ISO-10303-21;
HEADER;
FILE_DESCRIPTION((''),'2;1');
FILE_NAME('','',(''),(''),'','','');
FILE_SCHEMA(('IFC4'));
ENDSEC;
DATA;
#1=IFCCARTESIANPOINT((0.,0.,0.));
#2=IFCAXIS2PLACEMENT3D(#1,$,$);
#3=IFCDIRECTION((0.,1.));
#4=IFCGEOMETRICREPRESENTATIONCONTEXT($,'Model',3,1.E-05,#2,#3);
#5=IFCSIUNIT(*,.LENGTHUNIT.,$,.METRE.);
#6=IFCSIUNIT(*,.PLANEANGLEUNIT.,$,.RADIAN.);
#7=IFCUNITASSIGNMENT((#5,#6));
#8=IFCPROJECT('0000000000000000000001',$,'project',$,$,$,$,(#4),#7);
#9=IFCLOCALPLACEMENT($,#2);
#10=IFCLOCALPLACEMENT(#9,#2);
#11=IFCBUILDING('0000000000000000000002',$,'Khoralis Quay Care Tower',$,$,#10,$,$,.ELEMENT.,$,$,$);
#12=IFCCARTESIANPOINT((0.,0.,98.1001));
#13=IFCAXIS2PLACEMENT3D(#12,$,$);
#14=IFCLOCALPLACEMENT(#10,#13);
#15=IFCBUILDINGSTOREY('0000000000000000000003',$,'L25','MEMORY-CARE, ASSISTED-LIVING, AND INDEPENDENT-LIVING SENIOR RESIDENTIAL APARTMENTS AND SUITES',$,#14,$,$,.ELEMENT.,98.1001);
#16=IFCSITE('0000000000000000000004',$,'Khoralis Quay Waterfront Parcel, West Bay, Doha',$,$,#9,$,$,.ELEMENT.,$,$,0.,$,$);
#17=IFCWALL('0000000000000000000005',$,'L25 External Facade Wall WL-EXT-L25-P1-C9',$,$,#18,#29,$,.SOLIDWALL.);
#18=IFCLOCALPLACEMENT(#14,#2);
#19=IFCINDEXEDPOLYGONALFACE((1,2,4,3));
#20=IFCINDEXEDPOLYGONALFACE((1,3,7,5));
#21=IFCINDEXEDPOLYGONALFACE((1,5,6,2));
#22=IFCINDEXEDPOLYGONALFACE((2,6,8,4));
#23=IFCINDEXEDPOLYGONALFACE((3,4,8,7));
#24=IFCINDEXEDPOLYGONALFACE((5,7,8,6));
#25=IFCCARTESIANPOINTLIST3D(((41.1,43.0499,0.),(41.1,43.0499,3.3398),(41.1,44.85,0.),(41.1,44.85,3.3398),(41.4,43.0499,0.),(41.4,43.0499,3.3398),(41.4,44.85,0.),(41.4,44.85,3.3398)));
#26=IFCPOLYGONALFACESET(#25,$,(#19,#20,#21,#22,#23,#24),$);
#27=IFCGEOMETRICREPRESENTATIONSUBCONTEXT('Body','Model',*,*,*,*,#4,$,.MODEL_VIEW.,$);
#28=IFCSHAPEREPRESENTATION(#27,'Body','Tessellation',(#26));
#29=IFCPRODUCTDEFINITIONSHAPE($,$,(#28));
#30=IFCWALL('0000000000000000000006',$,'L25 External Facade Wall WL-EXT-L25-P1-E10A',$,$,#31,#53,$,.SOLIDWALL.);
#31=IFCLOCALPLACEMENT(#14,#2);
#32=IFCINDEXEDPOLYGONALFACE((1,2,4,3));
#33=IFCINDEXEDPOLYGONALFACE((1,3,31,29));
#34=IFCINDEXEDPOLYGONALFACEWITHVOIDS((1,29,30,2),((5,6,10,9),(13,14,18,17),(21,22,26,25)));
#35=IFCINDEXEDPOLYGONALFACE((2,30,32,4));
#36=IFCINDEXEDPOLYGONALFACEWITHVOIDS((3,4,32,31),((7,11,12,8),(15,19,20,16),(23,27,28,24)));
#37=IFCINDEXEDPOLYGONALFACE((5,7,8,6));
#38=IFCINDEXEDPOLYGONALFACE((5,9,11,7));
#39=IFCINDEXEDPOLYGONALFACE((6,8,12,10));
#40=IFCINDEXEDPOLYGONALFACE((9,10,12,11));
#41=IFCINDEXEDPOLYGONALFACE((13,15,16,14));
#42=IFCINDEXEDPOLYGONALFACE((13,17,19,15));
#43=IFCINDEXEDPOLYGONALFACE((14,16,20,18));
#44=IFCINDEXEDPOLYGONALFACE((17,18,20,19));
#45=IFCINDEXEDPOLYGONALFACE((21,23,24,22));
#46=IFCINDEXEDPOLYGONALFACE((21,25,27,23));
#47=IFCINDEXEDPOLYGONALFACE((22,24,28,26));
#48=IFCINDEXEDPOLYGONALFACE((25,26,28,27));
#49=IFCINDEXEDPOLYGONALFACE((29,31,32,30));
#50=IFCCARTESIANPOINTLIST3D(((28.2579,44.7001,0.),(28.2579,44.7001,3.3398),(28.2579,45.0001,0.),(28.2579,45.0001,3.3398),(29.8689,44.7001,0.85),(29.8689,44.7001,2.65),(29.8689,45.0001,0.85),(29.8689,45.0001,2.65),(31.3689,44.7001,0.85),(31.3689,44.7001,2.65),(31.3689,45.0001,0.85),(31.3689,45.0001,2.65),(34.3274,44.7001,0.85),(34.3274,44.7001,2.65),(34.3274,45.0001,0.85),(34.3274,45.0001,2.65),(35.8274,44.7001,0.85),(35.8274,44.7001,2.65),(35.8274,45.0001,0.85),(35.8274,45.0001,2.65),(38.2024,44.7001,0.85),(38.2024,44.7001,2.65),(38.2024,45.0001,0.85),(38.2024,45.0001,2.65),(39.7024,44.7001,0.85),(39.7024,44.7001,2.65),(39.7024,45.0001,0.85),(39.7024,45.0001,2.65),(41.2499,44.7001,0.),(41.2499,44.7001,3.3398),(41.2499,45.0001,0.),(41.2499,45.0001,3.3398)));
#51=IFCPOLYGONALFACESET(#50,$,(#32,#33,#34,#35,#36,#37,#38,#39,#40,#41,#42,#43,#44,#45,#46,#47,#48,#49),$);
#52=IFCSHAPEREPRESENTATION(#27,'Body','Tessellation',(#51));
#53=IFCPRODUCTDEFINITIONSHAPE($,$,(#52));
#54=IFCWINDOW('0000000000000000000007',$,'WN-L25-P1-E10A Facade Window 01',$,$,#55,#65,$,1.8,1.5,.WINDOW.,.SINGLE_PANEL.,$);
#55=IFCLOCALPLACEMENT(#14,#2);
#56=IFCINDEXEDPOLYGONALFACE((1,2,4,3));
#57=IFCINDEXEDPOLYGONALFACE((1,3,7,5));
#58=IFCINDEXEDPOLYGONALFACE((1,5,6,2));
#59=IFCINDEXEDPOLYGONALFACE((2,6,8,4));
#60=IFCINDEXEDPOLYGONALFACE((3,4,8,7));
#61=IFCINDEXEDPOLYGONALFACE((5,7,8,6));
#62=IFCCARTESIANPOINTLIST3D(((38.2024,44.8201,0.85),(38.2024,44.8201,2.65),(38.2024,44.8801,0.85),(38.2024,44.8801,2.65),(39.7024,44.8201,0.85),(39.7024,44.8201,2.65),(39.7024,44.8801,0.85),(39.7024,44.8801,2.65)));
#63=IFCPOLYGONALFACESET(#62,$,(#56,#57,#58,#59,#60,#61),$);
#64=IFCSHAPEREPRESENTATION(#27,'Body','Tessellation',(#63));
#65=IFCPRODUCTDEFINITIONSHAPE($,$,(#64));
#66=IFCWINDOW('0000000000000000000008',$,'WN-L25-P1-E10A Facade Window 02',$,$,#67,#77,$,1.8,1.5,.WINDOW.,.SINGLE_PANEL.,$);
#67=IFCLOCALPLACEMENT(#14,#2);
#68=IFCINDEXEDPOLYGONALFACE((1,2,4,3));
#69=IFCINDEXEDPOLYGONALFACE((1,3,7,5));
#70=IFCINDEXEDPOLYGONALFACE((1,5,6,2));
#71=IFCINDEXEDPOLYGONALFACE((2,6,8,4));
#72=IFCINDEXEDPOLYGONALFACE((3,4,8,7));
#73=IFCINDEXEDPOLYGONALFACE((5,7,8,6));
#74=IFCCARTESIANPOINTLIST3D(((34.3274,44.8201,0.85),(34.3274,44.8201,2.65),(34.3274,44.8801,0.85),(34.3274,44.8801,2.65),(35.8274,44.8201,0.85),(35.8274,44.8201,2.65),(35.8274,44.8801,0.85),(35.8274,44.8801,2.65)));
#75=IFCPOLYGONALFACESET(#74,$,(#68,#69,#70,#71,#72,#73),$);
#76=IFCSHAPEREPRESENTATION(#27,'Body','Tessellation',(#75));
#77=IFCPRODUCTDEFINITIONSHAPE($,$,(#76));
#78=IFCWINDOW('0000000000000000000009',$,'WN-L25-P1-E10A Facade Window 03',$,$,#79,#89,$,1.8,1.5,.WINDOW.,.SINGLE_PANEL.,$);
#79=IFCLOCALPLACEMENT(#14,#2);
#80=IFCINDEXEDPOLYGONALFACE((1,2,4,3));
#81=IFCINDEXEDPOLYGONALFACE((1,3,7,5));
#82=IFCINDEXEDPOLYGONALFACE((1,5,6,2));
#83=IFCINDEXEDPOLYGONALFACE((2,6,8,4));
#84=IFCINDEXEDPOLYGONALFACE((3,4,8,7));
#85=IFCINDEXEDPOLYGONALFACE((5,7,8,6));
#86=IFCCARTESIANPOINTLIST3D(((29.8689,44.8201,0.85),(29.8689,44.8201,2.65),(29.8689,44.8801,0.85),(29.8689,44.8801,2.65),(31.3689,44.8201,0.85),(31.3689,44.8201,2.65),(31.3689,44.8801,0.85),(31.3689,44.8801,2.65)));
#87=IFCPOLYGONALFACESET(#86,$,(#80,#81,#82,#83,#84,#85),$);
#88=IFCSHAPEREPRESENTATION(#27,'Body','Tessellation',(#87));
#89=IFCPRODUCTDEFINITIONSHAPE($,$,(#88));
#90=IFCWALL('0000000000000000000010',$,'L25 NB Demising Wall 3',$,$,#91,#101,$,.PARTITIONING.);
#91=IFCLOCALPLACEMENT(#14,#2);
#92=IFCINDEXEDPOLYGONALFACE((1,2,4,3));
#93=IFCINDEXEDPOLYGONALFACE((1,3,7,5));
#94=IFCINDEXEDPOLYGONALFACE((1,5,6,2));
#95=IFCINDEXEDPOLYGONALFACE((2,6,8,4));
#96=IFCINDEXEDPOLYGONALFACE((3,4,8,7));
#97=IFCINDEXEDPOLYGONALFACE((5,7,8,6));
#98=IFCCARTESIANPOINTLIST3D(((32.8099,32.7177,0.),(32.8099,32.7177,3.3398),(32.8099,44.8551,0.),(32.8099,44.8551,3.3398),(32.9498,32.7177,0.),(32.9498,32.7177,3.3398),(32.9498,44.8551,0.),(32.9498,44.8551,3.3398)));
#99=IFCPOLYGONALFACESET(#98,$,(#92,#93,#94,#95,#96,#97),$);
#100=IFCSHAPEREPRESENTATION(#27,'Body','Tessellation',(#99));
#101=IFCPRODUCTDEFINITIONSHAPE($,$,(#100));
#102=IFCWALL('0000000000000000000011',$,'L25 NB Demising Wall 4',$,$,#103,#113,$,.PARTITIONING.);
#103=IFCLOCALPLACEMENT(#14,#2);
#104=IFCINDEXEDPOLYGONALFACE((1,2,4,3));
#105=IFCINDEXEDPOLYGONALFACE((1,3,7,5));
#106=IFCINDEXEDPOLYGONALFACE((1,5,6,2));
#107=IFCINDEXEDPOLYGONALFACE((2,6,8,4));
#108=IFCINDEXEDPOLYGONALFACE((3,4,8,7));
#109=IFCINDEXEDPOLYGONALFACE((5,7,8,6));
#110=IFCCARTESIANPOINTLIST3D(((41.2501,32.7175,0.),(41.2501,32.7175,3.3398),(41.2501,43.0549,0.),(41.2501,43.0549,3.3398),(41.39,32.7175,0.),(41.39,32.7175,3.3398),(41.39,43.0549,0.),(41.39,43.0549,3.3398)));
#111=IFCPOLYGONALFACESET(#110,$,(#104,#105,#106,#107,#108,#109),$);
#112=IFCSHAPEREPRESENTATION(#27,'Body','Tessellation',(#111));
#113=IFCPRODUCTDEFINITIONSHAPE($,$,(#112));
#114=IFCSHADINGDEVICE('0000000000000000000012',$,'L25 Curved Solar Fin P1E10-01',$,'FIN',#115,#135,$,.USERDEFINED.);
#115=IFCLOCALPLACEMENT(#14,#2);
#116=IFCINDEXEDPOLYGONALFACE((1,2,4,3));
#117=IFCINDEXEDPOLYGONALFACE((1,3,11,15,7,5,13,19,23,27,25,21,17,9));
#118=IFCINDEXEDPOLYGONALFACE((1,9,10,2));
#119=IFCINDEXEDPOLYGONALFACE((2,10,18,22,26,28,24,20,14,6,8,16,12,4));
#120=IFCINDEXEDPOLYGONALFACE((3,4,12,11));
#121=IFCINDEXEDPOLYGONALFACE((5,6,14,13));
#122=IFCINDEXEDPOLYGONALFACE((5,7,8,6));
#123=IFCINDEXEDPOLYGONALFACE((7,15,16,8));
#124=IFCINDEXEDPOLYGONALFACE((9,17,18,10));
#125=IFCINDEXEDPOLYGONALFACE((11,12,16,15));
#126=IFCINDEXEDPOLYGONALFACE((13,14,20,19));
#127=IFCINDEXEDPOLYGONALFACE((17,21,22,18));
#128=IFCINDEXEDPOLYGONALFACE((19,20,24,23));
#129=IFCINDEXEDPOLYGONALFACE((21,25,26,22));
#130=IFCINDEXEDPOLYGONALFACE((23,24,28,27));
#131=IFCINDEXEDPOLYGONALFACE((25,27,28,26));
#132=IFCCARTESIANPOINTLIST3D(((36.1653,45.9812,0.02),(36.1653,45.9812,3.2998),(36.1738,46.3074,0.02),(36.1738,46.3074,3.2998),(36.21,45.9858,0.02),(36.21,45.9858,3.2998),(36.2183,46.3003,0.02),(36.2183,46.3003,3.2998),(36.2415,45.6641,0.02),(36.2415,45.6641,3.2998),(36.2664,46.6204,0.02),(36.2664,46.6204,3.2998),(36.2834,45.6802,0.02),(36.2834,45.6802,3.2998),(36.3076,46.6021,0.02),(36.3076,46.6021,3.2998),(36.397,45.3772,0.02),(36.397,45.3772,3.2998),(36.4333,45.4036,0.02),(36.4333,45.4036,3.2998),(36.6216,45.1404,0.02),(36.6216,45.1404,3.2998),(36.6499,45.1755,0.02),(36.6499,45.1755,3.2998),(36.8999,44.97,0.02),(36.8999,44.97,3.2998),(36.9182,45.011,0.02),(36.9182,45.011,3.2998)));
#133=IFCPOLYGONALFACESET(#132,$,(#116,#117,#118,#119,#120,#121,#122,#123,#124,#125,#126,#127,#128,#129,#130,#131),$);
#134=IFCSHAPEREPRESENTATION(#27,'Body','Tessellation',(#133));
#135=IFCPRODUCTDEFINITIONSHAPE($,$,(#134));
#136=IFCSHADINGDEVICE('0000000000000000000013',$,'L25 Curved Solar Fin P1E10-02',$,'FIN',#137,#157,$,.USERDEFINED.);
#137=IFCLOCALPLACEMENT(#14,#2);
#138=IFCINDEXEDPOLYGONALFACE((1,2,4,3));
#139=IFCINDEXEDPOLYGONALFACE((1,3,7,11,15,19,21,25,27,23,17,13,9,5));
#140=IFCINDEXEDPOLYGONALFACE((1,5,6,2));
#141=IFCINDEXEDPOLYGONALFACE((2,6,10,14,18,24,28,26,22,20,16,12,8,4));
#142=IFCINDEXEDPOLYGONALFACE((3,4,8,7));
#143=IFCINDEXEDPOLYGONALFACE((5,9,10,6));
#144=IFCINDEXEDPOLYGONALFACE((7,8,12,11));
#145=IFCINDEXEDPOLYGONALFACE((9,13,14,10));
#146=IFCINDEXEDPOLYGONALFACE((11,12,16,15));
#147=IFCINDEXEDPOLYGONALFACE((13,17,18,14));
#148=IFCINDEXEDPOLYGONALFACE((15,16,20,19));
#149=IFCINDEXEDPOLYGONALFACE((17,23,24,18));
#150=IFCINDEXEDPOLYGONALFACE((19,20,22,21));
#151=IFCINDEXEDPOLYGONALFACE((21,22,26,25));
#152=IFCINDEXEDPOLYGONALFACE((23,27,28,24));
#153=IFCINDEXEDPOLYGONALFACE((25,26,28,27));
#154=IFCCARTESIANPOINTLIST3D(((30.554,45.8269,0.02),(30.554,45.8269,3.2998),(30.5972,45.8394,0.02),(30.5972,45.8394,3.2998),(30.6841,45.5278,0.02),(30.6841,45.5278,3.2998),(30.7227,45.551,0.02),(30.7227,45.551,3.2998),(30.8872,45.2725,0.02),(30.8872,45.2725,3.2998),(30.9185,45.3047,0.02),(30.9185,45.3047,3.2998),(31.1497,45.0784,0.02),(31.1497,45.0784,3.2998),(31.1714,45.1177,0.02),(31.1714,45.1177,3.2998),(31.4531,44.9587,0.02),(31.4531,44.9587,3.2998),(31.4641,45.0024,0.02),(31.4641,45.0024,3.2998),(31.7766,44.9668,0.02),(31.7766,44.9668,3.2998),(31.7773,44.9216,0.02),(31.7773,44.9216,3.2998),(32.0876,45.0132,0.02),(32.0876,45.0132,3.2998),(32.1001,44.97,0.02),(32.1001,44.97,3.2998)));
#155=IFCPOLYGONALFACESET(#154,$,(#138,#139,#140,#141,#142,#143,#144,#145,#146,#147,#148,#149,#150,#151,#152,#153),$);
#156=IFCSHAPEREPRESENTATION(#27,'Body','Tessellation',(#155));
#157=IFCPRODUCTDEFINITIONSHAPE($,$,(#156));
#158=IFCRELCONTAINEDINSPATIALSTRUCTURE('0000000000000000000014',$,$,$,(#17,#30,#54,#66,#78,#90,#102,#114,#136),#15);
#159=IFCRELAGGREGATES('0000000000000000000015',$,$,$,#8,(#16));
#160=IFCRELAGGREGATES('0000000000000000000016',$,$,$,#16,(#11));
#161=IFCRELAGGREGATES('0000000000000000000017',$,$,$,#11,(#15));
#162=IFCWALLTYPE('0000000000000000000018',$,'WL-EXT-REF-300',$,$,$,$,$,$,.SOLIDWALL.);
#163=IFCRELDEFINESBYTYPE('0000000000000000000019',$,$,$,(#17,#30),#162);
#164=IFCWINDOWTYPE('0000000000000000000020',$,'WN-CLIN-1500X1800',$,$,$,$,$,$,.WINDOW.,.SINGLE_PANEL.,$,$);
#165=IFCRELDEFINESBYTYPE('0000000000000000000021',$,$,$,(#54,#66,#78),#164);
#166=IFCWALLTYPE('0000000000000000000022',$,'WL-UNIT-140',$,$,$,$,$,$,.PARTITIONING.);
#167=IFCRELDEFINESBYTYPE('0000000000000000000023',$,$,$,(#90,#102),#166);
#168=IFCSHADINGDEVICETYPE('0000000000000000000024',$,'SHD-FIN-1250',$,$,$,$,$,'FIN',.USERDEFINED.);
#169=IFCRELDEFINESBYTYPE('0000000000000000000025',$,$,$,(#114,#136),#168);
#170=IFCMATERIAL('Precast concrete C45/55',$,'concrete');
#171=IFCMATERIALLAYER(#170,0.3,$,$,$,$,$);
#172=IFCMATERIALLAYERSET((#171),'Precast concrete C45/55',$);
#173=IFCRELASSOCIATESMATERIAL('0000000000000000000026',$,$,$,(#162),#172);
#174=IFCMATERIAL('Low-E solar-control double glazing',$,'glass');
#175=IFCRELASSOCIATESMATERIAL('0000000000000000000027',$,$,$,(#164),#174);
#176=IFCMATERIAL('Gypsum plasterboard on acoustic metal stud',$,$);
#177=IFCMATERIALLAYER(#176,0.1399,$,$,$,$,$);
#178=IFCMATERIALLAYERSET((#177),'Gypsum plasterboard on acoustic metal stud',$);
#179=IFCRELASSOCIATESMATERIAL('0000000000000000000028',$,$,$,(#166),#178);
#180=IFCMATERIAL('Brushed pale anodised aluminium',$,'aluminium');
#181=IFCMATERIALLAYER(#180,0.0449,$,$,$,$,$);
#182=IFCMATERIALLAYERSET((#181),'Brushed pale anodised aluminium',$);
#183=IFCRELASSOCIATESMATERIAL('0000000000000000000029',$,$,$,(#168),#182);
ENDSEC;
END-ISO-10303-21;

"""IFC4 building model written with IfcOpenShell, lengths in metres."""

from ifc_helpers import new_model, si_unit, direction, frame, frame_2d, origin, place, context, subcontext, project, spatial, polyline, rectangle, outline, extrude, source, transform, mapped, material, layer, layer_set, type_object, element, fill, save


model = new_model("IFC4")

# Units and contexts
model_context = context("Model", 3, precision=1e-05, world=origin(), true_north=direction((0.0, 1.0)))
body_context = subcontext(model_context, "Body", "Model", "MODEL_VIEW")
ifc_project = project(units=[si_unit("LENGTHUNIT", "METRE"), si_unit("PLANEANGLEUNIT", "RADIAN")], contexts=[model_context])

# Site, building, storey
site_placement = place(None, origin())
site = spatial("IfcSite", under=ifc_project, at=site_placement, Name="Khoralis Quay Waterfront Parcel, West Bay, Doha", CompositionType="ELEMENT", RefElevation=0.0)
building_placement = place(site_placement, origin())
building = spatial("IfcBuilding", under=site, at=building_placement, Name="Khoralis Quay Care Tower", CompositionType="ELEMENT")
storey_placement = place(building_placement, frame((0.0, 0.0, 98.1001)))
storey = spatial("IfcBuildingStorey", under=building, at=storey_placement, Name="L25", Description="MEMORY-CARE, ASSISTED-LIVING, AND INDEPENDENT-LIVING SENIOR RESIDENTIAL APARTMENTS AND SUITES", CompositionType="ELEMENT", Elevation=98.1001)

# Wall
ifc_material_1 = material(Name="Gypsum plasterboard on acoustic metal stud")
ifc_material_2 = material(Name="Precast concrete C45/55", Category="concrete")
ifc_layer_1 = layer(ifc_material_2, 0.3)
ifc_layer_set_1 = layer_set([ifc_layer_1], Name="Precast concrete C45/55")
wall_type_1 = type_object("IfcWallType", Name="WL-EXT-REF-300", PredefinedType="SOLIDWALL", material=ifc_layer_set_1)
for number, where, z_axis, x_axis, name in (
    (1, (41.25, 43.05, 0.0), (0.0, 0.0, 1.0), (0.0, 1.0, 0.0), "L25 External Facade Wall WL-EXT-L25-P1-C9"),
):
    element("IfcWall", number, at=place(storey_placement, frame(where, z_axis=z_axis, x_axis=x_axis)), inside=storey, type_object=wall_type_1, Name=name, PredefinedType="SOLIDWALL", context=body_context, shape_type="SweptSolid", body=[
        extrude(rectangle(XDim=1.8, YDim=0.3, at=frame_2d((0.8999, 0.0))), origin(), (0.0, 0.0, 1.0), 3.3398),
    ])

# Wall, openings, windows
wall_1_placement = place(storey_placement, frame((41.25, 44.8501, 0.0), z_axis=(0.0, 0.0, 1.0), x_axis=(-1.0, 0.0, 0.0)))
wall_1 = element("IfcWall", 2, at=wall_1_placement, inside=storey, type_object=wall_type_1, Name="L25 External Facade Wall WL-EXT-L25-P1-E10A", PredefinedType="SOLIDWALL", context=body_context, shape_type="SweptSolid", body=[
    extrude(rectangle(XDim=12.9919, YDim=0.3, at=frame_2d((6.4961, 0.0))), origin(), (0.0, 0.0, 1.0), 3.3398),
])
opening_1_placement = place(wall_1_placement, frame((1.5476, 0.0, 0.8501)))
opening_1 = element("IfcOpeningElement", 3, at=opening_1_placement, cuts=wall_1, PredefinedType="OPENING", context=body_context, shape_type="SweptSolid", body=[
    extrude(rectangle(XDim=1.5, YDim=1.8, at=frame_2d((0.75, 0.8999))), frame((0.0, 0.1602, 0.0), z_axis=(0.0, -1.0, 0.0), x_axis=(1.0, 0.0, 0.0)), (0.0, 0.0, 1.0), 0.3201),
])
opening_2_placement = place(wall_1_placement, frame((5.4226, 0.0, 0.8501)))
opening_2 = element("IfcOpeningElement", 4, at=opening_2_placement, cuts=wall_1, PredefinedType="OPENING", context=body_context, shape_type="SweptSolid", body=[
    extrude(rectangle(XDim=1.5, YDim=1.8, at=frame_2d((0.75, 0.8999))), frame((0.0, 0.1602, 0.0), z_axis=(0.0, -1.0, 0.0), x_axis=(1.0, 0.0, 0.0)), (0.0, 0.0, 1.0), 0.3201),
])
opening_3_placement = place(wall_1_placement, frame((9.8811, 0.0, 0.8501)))
opening_3 = element("IfcOpeningElement", 5, at=opening_3_placement, cuts=wall_1, PredefinedType="OPENING", context=body_context, shape_type="SweptSolid", body=[
    extrude(rectangle(XDim=1.5, YDim=1.8, at=frame_2d((0.75, 0.8999))), frame((0.0, 0.1602, 0.0), z_axis=(0.0, -1.0, 0.0), x_axis=(1.0, 0.0, 0.0)), (0.0, 0.0, 1.0), 0.3201),
])
ifc_material_3 = material(Name="Low-E solar-control double glazing", Category="glass")
window_type = type_object("IfcWindowType", Name="WN-CLIN-1500X1800", PartitioningType="SINGLE_PANEL", PredefinedType="WINDOW", material=ifc_material_3)
shared_shape_1 = source(origin(), body_context, "Body", "SweptSolid", [
    extrude(rectangle(XDim=1.5, YDim=1.8, at=frame_2d((0.75, 0.8999))), frame((0.0, 0.03, 0.0), z_axis=(0.0, -1.0, 0.0), x_axis=(1.0, 0.0, 0.0)), (0.0, 0.0, 1.0), 0.0601),
])
window_1_placement = place(opening_1_placement, origin())
window_1 = element("IfcWindow", 6, at=window_1_placement, inside=storey, type_object=window_type, Name="WN-L25-P1-E10A Facade Window 01", OverallHeight=1.8, OverallWidth=1.5, PartitioningType="SINGLE_PANEL", PredefinedType="WINDOW", context=body_context, shape_type="MappedRepresentation", body=[
    mapped(shared_shape_1, transform((0.0, 0.0, 0.0), scale=1.0)),
])
fill(opening_1, window_1)
window_2_placement = place(opening_2_placement, origin())
window_2 = element("IfcWindow", 7, at=window_2_placement, inside=storey, type_object=window_type, Name="WN-L25-P1-E10A Facade Window 02", OverallHeight=1.8, OverallWidth=1.5, PartitioningType="SINGLE_PANEL", PredefinedType="WINDOW", context=body_context, shape_type="MappedRepresentation", body=[
    mapped(shared_shape_1, transform((0.0, 0.0, 0.0), scale=1.0)),
])
fill(opening_2, window_2)
window_3_placement = place(opening_3_placement, origin())
window_3 = element("IfcWindow", 8, at=window_3_placement, inside=storey, type_object=window_type, Name="WN-L25-P1-E10A Facade Window 03", OverallHeight=1.8, OverallWidth=1.5, PartitioningType="SINGLE_PANEL", PredefinedType="WINDOW", context=body_context, shape_type="MappedRepresentation", body=[
    mapped(shared_shape_1, transform((0.0, 0.0, 0.0), scale=1.0)),
])
fill(opening_3, window_3)

# Walls
ifc_layer_2 = layer(ifc_material_1, 0.1399)
ifc_layer_set_2 = layer_set([ifc_layer_2], Name="Gypsum plasterboard on acoustic metal stud")
wall_type_2 = type_object("IfcWallType", Name="WL-UNIT-140", PredefinedType="PARTITIONING", material=ifc_layer_set_2)
wall_2_placement = place(storey_placement, frame((32.8799, 32.7175, 0.0), z_axis=(0.0, 0.0, 1.0), x_axis=(0.0, 1.0, 0.0)))
element("IfcWall", 9, at=wall_2_placement, inside=storey, type_object=wall_type_2, Name="L25 NB Demising Wall 3", PredefinedType="PARTITIONING", context=body_context, shape_type="SweptSolid", body=[
    extrude(rectangle(XDim=12.1375, YDim=0.1399, at=frame_2d((6.0688, 0.0))), origin(), (0.0, 0.0, 1.0), 3.3398),
])
wall_3_placement = place(storey_placement, frame((41.3201, 32.7175, 0.0), z_axis=(0.0, 0.0, 1.0), x_axis=(0.0, 1.0, 0.0)))
element("IfcWall", 10, at=wall_3_placement, inside=storey, type_object=wall_type_2, Name="L25 NB Demising Wall 4", PredefinedType="PARTITIONING", context=body_context, shape_type="SweptSolid", body=[
    extrude(rectangle(XDim=10.3374, YDim=0.1399, at=frame_2d((5.1687, 0.0))), origin(), (0.0, 0.0, 1.0), 3.3398),
])

# Shading devices
ifc_material_4 = material(Name="Brushed pale anodised aluminium", Category="aluminium")
ifc_layer_3 = layer(ifc_material_4, 0.0449)
ifc_layer_set_3 = layer_set([ifc_layer_3], Name="Brushed pale anodised aluminium")
shading_device_type = type_object("IfcShadingDeviceType", Name="SHD-FIN-1250", ElementType="FIN", PredefinedType="USERDEFINED", material=ifc_layer_set_3)
shared_shape_2 = source(origin(), body_context, "Body", "SweptSolid", [
    extrude(outline(polyline([(0.0, 0.0), (0.1704, 0.2783), (0.4072, 0.5029), (0.6941, 0.6584), (1.0112, 0.7346), (1.3374, 0.7261), (1.6504, 0.6335), (1.6321, 0.5923), (1.3303, 0.6816), (1.0159, 0.6899), (0.7102, 0.6165), (0.4336, 0.4666), (0.2056, 0.25), (0.041, -0.0183), (0.0, 0.0)])), origin(), (0.0, 0.0, 1.0), 3.2798),
])
shading_device_1_placement = place(storey_placement, frame((36.8999, 44.97, 0.02), z_axis=(0.0, 0.0, 1.0), x_axis=(0.0, 1.0, 0.0)))
element("IfcShadingDevice", 11, at=shading_device_1_placement, inside=storey, type_object=shading_device_type, Name="L25 Curved Solar Fin P1E10-01", ObjectType="FIN", PredefinedType="USERDEFINED", context=body_context, shape_type="MappedRepresentation", body=[
    mapped(shared_shape_2, transform((0.0, 0.0, 0.0), scale=1.0)),
])
shared_shape_3 = source(origin(), body_context, "Body", "SweptSolid", [
    extrude(outline(polyline([(0.0, 0.0), (-0.0483, 0.3228), (-0.0112, 0.647), (0.1084, 0.9504), (0.3025, 1.2129), (0.5579, 1.416), (0.8569, 1.5461), (0.8694, 1.5029), (0.5811, 1.3774), (0.3347, 1.1816), (0.1477, 0.9287), (0.0325, 0.636), (-0.0032, 0.3235), (0.0432, 0.0125), (0.0, 0.0)])), origin(), (0.0, 0.0, 1.0), 3.2798),
])
shading_device_2_placement = place(storey_placement, frame((32.1001, 44.97, 0.02), z_axis=(0.0, 0.0, 1.0), x_axis=(0.0, 1.0, 0.0)))
element("IfcShadingDevice", 12, at=shading_device_2_placement, inside=storey, type_object=shading_device_type, Name="L25 Curved Solar Fin P1E10-02", ObjectType="FIN", PredefinedType="USERDEFINED", context=body_context, shape_type="MappedRepresentation", body=[
    mapped(shared_shape_3, transform((0.0, 0.0, 0.0), scale=1.0)),
])

save(model, "model.ifc")
